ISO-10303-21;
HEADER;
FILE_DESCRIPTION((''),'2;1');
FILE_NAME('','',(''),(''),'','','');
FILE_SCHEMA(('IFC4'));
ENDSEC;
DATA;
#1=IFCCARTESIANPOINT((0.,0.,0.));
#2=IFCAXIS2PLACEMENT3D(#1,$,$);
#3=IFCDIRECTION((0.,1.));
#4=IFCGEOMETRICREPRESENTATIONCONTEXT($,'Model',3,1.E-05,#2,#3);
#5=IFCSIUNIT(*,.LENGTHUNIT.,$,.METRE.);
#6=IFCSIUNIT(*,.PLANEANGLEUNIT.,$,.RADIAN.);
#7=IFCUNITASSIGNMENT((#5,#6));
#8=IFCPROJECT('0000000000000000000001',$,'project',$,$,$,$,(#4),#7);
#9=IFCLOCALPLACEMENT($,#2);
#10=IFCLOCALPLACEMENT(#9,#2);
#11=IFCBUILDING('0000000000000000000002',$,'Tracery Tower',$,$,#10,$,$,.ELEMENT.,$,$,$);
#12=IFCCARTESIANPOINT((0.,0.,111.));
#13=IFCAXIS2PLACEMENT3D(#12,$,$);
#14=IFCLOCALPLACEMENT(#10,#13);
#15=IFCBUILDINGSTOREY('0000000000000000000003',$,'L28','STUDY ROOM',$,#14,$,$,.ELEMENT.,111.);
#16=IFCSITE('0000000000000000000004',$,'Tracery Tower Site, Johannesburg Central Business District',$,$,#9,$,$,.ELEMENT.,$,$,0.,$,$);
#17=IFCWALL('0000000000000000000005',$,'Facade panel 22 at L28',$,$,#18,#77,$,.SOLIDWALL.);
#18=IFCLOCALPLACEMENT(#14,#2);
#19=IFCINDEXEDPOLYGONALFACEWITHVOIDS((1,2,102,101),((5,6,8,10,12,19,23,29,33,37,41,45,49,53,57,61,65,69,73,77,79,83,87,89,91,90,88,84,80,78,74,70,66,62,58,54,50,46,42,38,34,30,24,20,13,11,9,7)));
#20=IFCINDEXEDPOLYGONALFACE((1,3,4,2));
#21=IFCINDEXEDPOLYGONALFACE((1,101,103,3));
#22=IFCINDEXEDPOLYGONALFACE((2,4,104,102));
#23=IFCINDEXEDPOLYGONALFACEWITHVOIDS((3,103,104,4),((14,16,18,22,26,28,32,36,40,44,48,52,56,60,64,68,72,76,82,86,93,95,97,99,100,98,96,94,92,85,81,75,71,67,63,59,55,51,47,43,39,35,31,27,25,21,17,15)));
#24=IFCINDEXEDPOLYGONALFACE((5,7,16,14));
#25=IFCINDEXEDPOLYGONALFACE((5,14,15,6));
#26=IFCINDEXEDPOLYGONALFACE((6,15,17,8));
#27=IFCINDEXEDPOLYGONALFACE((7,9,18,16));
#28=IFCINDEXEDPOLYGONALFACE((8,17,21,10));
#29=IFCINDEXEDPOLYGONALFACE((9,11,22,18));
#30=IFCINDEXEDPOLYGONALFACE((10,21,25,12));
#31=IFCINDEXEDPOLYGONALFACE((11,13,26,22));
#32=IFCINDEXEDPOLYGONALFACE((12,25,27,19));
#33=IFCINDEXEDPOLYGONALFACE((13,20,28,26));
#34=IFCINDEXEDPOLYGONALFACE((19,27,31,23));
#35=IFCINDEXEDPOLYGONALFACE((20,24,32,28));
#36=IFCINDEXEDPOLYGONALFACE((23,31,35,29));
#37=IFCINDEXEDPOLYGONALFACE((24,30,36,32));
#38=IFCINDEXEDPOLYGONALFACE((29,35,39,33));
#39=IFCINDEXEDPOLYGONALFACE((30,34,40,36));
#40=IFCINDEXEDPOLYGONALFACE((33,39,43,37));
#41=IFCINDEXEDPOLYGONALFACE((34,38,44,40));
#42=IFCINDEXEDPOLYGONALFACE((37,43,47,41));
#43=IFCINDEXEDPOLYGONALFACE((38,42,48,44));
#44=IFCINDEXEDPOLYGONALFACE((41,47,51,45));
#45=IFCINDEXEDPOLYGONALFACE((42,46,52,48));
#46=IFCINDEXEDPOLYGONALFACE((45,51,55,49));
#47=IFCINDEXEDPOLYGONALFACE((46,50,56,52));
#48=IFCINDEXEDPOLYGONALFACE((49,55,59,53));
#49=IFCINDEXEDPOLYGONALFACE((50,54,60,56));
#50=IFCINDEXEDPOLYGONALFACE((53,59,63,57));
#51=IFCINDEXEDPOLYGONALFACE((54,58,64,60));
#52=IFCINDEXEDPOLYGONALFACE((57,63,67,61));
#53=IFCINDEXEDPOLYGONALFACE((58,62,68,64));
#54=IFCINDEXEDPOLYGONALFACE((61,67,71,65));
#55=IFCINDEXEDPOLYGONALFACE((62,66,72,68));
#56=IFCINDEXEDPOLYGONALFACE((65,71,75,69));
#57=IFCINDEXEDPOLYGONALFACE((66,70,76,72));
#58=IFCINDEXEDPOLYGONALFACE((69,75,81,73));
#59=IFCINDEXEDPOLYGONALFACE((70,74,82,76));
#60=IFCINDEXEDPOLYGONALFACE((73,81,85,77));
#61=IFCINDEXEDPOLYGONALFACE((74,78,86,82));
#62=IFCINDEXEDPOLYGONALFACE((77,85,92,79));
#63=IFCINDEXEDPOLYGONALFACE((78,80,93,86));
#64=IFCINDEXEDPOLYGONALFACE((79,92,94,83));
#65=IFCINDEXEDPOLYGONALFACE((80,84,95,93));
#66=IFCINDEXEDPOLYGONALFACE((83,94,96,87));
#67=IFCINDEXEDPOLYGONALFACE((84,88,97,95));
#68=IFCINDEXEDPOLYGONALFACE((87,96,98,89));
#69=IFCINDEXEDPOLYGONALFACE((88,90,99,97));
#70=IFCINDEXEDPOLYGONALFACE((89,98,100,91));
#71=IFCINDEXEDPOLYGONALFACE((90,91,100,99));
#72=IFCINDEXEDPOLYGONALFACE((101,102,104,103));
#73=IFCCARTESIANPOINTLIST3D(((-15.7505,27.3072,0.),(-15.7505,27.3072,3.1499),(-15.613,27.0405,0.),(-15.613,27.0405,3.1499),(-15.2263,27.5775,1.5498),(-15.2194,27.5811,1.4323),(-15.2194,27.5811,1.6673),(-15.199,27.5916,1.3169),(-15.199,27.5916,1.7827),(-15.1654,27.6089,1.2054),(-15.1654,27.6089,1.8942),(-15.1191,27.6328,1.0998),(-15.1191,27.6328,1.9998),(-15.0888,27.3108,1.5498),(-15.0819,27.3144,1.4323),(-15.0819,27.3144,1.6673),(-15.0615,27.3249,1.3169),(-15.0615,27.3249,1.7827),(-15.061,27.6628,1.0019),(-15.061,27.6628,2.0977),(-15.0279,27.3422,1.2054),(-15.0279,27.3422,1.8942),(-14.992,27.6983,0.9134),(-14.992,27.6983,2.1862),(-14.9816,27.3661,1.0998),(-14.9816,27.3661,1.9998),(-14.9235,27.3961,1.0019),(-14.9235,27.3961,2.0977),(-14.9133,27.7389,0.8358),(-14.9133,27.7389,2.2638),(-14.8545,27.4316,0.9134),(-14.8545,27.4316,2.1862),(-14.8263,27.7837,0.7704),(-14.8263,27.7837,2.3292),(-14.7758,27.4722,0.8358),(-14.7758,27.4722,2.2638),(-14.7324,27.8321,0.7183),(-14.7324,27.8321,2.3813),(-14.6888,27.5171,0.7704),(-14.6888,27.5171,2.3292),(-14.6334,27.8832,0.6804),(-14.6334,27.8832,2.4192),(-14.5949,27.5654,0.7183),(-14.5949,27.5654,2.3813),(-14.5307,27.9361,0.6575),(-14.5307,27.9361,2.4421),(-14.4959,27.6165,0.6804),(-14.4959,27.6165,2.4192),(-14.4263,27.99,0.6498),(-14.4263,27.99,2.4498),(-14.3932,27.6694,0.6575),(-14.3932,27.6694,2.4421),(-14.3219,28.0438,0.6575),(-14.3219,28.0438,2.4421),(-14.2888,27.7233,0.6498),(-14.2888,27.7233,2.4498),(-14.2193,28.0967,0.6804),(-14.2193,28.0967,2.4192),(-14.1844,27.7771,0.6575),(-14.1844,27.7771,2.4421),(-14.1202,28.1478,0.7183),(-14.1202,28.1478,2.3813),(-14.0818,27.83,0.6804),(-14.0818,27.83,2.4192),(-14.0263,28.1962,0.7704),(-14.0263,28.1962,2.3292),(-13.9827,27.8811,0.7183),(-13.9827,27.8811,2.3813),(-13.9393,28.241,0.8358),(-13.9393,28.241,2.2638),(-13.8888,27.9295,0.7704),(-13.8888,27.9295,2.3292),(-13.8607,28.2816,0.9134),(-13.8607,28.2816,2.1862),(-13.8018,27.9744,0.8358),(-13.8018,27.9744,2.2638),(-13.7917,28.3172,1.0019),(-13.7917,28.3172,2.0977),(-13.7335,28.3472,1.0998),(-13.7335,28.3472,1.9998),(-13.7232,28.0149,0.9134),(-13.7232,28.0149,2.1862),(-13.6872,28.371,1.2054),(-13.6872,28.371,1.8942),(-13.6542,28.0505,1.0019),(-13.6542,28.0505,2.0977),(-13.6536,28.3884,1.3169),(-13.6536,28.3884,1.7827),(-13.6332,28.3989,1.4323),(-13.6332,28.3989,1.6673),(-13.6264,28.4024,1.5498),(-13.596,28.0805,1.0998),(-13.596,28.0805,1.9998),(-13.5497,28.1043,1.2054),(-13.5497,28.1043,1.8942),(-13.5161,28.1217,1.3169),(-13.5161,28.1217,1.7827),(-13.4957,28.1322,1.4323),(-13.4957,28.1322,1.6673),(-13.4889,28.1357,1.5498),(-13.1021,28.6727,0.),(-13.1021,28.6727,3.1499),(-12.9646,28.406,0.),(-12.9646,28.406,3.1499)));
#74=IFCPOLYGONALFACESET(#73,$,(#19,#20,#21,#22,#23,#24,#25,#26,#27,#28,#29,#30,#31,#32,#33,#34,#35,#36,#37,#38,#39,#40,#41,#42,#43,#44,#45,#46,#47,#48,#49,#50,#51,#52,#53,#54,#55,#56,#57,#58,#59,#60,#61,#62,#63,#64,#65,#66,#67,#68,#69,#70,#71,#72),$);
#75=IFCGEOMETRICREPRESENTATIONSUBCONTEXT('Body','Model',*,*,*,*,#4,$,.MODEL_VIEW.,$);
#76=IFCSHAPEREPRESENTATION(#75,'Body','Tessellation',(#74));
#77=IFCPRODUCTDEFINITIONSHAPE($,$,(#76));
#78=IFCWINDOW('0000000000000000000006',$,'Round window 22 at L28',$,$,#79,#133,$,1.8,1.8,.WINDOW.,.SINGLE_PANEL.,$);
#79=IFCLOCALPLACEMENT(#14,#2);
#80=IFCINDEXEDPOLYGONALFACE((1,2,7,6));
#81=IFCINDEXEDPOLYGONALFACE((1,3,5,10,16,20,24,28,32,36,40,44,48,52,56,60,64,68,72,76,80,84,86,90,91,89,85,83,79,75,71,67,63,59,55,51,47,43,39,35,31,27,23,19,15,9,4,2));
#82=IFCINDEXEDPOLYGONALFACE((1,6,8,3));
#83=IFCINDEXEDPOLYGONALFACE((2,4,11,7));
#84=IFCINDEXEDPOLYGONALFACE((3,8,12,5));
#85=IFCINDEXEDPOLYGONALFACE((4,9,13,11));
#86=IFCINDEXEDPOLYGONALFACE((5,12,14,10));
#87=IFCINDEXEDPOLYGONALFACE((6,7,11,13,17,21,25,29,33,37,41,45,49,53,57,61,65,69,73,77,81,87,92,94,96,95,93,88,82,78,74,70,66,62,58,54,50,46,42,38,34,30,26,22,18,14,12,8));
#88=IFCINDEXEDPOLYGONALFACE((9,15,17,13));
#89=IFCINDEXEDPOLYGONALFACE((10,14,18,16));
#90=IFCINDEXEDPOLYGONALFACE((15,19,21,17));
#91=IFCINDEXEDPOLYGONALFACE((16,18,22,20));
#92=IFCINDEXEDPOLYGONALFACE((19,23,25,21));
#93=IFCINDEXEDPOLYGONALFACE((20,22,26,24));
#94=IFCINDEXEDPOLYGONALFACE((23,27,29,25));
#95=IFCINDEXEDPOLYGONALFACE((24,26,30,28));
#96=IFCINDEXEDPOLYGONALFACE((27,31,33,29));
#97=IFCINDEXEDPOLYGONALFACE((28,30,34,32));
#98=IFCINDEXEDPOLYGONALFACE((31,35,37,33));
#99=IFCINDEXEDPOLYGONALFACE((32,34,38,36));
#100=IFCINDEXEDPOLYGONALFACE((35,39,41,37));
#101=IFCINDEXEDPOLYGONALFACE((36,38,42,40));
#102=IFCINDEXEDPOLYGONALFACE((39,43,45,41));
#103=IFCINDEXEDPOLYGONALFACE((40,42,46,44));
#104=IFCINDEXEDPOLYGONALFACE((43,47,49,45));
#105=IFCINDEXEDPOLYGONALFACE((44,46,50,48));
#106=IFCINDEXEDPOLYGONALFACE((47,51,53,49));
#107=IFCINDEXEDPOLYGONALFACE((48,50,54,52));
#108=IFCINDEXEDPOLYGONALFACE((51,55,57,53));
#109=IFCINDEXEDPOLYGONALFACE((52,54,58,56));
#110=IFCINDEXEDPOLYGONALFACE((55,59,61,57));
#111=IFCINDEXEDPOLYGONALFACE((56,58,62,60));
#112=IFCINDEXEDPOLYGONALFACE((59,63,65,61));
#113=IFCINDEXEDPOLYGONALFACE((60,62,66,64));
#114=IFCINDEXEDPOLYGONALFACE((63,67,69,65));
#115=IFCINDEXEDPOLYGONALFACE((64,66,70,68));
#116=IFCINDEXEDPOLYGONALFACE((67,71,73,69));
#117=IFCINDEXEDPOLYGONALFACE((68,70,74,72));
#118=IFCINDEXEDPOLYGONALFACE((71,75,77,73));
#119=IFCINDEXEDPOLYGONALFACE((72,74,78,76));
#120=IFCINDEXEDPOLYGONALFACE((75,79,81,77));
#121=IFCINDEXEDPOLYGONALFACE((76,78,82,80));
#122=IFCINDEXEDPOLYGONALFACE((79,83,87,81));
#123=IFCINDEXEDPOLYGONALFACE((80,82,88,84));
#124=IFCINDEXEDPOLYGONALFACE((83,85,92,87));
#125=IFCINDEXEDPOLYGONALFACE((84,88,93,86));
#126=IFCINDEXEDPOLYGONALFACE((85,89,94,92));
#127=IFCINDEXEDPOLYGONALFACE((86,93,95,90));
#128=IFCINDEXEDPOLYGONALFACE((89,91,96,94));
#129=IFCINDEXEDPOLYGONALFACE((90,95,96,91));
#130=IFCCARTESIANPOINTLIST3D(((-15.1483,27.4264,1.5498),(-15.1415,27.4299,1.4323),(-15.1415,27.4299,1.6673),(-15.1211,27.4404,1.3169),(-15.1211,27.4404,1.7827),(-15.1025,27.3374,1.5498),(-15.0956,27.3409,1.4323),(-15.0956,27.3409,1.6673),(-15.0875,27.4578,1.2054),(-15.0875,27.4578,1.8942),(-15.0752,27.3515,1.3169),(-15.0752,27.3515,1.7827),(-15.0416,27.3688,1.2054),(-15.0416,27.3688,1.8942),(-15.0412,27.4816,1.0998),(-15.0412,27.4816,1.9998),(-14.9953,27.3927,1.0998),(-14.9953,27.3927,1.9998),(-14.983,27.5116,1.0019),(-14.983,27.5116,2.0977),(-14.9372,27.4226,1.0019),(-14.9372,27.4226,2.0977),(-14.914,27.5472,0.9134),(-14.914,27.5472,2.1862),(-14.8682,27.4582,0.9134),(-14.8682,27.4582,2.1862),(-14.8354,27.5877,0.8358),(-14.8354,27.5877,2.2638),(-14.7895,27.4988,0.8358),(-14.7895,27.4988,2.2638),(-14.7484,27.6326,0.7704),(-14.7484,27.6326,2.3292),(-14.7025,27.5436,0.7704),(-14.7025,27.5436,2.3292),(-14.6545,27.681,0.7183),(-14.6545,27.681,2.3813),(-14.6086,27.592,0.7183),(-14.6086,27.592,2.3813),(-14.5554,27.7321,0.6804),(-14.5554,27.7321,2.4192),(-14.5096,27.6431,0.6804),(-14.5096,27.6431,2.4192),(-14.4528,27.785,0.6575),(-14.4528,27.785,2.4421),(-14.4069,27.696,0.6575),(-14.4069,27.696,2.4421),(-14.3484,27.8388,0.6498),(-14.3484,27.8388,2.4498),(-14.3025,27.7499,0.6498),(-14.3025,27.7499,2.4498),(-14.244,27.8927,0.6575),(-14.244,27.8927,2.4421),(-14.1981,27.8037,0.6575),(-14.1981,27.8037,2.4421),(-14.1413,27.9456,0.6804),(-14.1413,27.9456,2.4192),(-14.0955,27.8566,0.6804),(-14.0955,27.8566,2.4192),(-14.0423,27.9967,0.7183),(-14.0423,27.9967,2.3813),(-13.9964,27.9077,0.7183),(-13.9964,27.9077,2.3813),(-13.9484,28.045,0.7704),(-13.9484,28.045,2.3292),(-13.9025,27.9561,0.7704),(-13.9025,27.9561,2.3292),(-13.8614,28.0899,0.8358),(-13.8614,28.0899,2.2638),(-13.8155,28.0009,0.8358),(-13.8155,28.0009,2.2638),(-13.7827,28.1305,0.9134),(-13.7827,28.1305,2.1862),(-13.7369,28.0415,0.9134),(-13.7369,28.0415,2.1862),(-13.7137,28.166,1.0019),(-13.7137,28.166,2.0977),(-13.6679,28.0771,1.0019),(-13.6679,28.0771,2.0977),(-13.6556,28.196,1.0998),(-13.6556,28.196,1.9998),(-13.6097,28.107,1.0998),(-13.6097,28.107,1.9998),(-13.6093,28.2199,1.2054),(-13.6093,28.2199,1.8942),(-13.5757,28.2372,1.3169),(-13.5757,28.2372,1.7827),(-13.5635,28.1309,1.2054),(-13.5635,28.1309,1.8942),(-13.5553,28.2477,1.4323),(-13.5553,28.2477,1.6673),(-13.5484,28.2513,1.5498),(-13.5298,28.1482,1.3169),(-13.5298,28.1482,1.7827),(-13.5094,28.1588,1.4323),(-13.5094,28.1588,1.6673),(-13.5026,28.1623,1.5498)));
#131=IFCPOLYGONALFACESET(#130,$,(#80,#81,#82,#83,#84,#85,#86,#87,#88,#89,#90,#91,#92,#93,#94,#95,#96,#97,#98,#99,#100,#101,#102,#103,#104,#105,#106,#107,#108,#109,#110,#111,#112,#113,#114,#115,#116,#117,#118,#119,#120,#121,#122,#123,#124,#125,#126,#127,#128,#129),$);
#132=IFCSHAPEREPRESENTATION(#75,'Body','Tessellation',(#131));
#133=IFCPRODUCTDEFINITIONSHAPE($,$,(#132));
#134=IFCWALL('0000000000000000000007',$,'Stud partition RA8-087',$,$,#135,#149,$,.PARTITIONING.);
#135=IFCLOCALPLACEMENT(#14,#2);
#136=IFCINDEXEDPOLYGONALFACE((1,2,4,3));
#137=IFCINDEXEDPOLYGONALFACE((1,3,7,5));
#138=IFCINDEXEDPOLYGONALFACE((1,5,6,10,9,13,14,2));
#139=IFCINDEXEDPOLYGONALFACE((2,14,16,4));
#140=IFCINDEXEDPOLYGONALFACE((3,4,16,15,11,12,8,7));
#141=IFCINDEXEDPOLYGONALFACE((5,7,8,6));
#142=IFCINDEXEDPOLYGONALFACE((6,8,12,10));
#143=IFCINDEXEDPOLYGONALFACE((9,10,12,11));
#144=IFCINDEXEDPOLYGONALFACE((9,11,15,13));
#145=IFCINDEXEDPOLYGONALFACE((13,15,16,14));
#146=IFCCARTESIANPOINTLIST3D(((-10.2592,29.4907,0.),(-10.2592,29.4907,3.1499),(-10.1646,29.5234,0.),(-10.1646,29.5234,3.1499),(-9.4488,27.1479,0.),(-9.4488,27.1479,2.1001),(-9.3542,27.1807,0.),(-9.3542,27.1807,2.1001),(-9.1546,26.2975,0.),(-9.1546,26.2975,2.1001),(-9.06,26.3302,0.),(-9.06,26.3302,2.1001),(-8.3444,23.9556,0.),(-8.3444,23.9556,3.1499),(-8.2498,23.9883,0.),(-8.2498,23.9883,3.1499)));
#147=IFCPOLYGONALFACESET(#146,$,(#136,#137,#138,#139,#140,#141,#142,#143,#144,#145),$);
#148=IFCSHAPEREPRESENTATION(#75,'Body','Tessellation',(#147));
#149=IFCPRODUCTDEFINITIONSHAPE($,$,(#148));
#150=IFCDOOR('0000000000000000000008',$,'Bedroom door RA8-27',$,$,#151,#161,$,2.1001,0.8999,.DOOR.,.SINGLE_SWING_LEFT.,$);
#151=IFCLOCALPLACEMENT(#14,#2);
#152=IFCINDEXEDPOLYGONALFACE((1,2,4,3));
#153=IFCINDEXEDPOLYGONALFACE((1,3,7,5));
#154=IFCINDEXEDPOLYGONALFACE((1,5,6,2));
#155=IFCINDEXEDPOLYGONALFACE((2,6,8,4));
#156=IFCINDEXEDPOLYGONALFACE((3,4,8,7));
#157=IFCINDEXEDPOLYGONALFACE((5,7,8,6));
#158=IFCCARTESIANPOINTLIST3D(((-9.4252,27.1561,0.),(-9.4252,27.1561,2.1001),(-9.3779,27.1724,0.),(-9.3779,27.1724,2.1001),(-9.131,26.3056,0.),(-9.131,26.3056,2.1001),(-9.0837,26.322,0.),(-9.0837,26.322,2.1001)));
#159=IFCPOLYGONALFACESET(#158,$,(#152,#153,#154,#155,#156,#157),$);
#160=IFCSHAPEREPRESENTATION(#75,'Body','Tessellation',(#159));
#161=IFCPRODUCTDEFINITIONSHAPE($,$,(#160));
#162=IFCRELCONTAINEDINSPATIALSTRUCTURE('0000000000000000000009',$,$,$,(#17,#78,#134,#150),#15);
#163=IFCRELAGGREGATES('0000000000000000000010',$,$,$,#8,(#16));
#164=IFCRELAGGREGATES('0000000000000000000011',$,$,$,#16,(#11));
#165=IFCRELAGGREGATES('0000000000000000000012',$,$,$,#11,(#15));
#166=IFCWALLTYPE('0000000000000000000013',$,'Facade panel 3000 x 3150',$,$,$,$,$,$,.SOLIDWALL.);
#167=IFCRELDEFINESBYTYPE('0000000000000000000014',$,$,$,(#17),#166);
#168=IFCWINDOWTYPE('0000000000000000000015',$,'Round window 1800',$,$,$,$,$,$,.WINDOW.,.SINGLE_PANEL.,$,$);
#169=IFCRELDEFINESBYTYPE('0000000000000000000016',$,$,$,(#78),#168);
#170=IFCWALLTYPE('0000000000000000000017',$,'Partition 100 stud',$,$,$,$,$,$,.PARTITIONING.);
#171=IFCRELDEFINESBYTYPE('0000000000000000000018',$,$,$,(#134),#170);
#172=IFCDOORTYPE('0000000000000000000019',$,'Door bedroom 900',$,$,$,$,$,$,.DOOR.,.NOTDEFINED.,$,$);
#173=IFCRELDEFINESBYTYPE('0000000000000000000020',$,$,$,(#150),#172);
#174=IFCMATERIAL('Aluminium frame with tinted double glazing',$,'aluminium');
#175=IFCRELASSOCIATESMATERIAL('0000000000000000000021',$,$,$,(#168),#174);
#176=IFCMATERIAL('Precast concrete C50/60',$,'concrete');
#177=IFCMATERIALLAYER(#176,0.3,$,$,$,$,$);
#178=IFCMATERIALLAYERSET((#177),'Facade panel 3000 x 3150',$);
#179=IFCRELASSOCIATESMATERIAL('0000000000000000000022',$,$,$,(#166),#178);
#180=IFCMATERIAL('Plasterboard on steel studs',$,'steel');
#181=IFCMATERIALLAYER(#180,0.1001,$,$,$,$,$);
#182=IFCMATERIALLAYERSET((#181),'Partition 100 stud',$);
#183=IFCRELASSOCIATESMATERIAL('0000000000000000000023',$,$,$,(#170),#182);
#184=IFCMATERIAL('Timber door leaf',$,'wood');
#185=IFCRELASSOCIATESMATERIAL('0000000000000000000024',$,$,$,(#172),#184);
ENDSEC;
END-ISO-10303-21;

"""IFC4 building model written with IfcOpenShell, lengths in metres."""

from ifc_helpers import new_model, si_unit, direction, frame, frame_2d, origin, origin_2d, place, context, subcontext, project, spatial, rectangle, circle, extrude, material, layer, layer_set, type_object, element, fill, save


model = new_model("IFC4")

# Units and contexts
model_context = context("Model", 3, precision=1e-05, world=origin(), true_north=direction((0.0, 1.0)))
body_context = subcontext(model_context, "Body", "Model", "MODEL_VIEW")
ifc_project = project(units=[si_unit("LENGTHUNIT", "METRE"), si_unit("PLANEANGLEUNIT", "RADIAN")], contexts=[model_context])

# Site, building, storey
site_placement = place(None, origin())
site = spatial("IfcSite", under=ifc_project, at=site_placement, Name="Tracery Tower Site, Johannesburg Central Business District", CompositionType="ELEMENT", RefElevation=0.0)
building_placement = place(site_placement, origin())
building = spatial("IfcBuilding", under=site, at=building_placement, Name="Tracery Tower", CompositionType="ELEMENT")
storey_placement = place(building_placement, frame((0.0, 0.0, 111.0)))
storey = spatial("IfcBuildingStorey", under=building, at=storey_placement, Name="L28", Description="STUDY ROOM", CompositionType="ELEMENT", Elevation=111.0)

# Wall, opening, window
ifc_material_1 = material(Name="Aluminium frame with tinted double glazing", Category="aluminium")
window_type = type_object("IfcWindowType", Name="Round window 1800", PartitioningType="SINGLE_PANEL", PredefinedType="WINDOW", material=ifc_material_1)
ifc_material_2 = material(Name="Precast concrete C50/60", Category="concrete")
ifc_layer_1 = layer(ifc_material_2, 0.3)
ifc_layer_set_1 = layer_set([ifc_layer_1], Name="Facade panel 3000 x 3150")
wall_type_1 = type_object("IfcWallType", Name="Facade panel 3000 x 3150", PredefinedType="SOLIDWALL", material=ifc_layer_set_1)
wall_1_placement = place(storey_placement, frame((-13.0334, 28.5393, 0.0), z_axis=(0.0, 0.0, 1.0), x_axis=(-0.88882, -0.458257, 0.0)))
wall_1 = element("IfcWall", 1, at=wall_1_placement, inside=storey, type_object=wall_type_1, Name="Facade panel 22 at L28", PredefinedType="SOLIDWALL", context=body_context, shape_type="SweptSolid", body=[
    extrude(rectangle(XDim=2.9797, YDim=0.3, at=frame_2d((1.4897, 0.0))), origin(), (0.0, 0.0, 1.0), 3.1499),
])
opening_1_placement = place(wall_1_placement, frame((1.4897, 0.0, 1.5498)))
opening_1 = element("IfcOpeningElement", 2, at=opening_1_placement, cuts=wall_1, PredefinedType="OPENING", context=body_context, shape_type="SweptSolid", body=[
    extrude(circle(Radius=0.9, at=origin_2d()), frame((0.0, 0.1599, 0.0), z_axis=(0.0, -1.0, 0.0), x_axis=(1.0, 0.0, 0.0)), (0.0, 0.0, 1.0), 0.3201),
])
window_1_placement = place(opening_1_placement, origin())
window_1 = element("IfcWindow", 3, at=window_1_placement, inside=storey, type_object=window_type, Name="Round window 22 at L28", OverallHeight=1.8, OverallWidth=1.8, PartitioningType="SINGLE_PANEL", PredefinedType="WINDOW", context=body_context, shape_type="SweptSolid", body=[
    extrude(circle(Radius=0.9, at=origin_2d()), frame((0.0, 0.1201, 0.0), z_axis=(0.0, -1.0, 0.0), x_axis=(1.0, 0.0, 0.0)), (0.0, 0.0, 1.0), 0.1001),
])
fill(opening_1, window_1)

# Wall, opening, door
ifc_material_3 = material(Name="Plasterboard on steel studs", Category="steel")
ifc_layer_2 = layer(ifc_material_3, 0.1001)
ifc_layer_set_2 = layer_set([ifc_layer_2], Name="Partition 100 stud")
wall_type_2 = type_object("IfcWallType", Name="Partition 100 stud", PredefinedType="PARTITIONING", material=ifc_layer_set_2)
wall_2_placement = place(storey_placement, frame((-10.2119, 29.5071, 0.0), z_axis=(0.0, 0.0, 1.0), x_axis=(0.326924, -0.94505, 0.0)))
wall_2 = element("IfcWall", 4, at=wall_2_placement, inside=storey, type_object=wall_type_2, Name="Stud partition RA8-087", PredefinedType="PARTITIONING", context=body_context, shape_type="SweptSolid", body=[
    extrude(rectangle(XDim=5.8569, YDim=0.1001, at=frame_2d((2.9285, 0.0))), origin(), (0.0, 0.0, 1.0), 3.1499),
])
opening_2_placement = place(wall_2_placement, frame((2.479, 0.0, 0.0)))
opening_2 = element("IfcOpeningElement", 5, at=opening_2_placement, cuts=wall_2, PredefinedType="OPENING", context=body_context, shape_type="SweptSolid", body=[
    extrude(rectangle(XDim=0.8999, YDim=2.1001, at=frame_2d((0.45, 1.05))), frame((0.0, 0.05, 0.0), z_axis=(0.0, -1.0, 0.0), x_axis=(1.0, 0.0, 0.0)), (0.0, 0.0, 1.0), 0.1001),
])
ifc_material_4 = material(Name="Timber door leaf", Category="wood")
door_type_1 = type_object("IfcDoorType", Name="Door bedroom 900", OperationType="NOTDEFINED", PredefinedType="DOOR", material=ifc_material_4)
door_1_placement = place(opening_2_placement, origin())
door_1 = element("IfcDoor", 6, at=door_1_placement, inside=storey, type_object=door_type_1, Name="Bedroom door RA8-27", OperationType="SINGLE_SWING_LEFT", OverallHeight=2.1001, OverallWidth=0.8999, PredefinedType="DOOR", context=body_context, shape_type="SweptSolid", body=[
    extrude(rectangle(XDim=0.8999, YDim=2.1001, at=frame_2d((0.45, 1.05))), frame((0.0, 0.0249, 0.0), z_axis=(0.0, -1.0, 0.0), x_axis=(1.0, 0.0, 0.0)), (0.0, 0.0, 1.0), 0.05),
])
fill(opening_2, door_1)

save(model, "model.ifc")
